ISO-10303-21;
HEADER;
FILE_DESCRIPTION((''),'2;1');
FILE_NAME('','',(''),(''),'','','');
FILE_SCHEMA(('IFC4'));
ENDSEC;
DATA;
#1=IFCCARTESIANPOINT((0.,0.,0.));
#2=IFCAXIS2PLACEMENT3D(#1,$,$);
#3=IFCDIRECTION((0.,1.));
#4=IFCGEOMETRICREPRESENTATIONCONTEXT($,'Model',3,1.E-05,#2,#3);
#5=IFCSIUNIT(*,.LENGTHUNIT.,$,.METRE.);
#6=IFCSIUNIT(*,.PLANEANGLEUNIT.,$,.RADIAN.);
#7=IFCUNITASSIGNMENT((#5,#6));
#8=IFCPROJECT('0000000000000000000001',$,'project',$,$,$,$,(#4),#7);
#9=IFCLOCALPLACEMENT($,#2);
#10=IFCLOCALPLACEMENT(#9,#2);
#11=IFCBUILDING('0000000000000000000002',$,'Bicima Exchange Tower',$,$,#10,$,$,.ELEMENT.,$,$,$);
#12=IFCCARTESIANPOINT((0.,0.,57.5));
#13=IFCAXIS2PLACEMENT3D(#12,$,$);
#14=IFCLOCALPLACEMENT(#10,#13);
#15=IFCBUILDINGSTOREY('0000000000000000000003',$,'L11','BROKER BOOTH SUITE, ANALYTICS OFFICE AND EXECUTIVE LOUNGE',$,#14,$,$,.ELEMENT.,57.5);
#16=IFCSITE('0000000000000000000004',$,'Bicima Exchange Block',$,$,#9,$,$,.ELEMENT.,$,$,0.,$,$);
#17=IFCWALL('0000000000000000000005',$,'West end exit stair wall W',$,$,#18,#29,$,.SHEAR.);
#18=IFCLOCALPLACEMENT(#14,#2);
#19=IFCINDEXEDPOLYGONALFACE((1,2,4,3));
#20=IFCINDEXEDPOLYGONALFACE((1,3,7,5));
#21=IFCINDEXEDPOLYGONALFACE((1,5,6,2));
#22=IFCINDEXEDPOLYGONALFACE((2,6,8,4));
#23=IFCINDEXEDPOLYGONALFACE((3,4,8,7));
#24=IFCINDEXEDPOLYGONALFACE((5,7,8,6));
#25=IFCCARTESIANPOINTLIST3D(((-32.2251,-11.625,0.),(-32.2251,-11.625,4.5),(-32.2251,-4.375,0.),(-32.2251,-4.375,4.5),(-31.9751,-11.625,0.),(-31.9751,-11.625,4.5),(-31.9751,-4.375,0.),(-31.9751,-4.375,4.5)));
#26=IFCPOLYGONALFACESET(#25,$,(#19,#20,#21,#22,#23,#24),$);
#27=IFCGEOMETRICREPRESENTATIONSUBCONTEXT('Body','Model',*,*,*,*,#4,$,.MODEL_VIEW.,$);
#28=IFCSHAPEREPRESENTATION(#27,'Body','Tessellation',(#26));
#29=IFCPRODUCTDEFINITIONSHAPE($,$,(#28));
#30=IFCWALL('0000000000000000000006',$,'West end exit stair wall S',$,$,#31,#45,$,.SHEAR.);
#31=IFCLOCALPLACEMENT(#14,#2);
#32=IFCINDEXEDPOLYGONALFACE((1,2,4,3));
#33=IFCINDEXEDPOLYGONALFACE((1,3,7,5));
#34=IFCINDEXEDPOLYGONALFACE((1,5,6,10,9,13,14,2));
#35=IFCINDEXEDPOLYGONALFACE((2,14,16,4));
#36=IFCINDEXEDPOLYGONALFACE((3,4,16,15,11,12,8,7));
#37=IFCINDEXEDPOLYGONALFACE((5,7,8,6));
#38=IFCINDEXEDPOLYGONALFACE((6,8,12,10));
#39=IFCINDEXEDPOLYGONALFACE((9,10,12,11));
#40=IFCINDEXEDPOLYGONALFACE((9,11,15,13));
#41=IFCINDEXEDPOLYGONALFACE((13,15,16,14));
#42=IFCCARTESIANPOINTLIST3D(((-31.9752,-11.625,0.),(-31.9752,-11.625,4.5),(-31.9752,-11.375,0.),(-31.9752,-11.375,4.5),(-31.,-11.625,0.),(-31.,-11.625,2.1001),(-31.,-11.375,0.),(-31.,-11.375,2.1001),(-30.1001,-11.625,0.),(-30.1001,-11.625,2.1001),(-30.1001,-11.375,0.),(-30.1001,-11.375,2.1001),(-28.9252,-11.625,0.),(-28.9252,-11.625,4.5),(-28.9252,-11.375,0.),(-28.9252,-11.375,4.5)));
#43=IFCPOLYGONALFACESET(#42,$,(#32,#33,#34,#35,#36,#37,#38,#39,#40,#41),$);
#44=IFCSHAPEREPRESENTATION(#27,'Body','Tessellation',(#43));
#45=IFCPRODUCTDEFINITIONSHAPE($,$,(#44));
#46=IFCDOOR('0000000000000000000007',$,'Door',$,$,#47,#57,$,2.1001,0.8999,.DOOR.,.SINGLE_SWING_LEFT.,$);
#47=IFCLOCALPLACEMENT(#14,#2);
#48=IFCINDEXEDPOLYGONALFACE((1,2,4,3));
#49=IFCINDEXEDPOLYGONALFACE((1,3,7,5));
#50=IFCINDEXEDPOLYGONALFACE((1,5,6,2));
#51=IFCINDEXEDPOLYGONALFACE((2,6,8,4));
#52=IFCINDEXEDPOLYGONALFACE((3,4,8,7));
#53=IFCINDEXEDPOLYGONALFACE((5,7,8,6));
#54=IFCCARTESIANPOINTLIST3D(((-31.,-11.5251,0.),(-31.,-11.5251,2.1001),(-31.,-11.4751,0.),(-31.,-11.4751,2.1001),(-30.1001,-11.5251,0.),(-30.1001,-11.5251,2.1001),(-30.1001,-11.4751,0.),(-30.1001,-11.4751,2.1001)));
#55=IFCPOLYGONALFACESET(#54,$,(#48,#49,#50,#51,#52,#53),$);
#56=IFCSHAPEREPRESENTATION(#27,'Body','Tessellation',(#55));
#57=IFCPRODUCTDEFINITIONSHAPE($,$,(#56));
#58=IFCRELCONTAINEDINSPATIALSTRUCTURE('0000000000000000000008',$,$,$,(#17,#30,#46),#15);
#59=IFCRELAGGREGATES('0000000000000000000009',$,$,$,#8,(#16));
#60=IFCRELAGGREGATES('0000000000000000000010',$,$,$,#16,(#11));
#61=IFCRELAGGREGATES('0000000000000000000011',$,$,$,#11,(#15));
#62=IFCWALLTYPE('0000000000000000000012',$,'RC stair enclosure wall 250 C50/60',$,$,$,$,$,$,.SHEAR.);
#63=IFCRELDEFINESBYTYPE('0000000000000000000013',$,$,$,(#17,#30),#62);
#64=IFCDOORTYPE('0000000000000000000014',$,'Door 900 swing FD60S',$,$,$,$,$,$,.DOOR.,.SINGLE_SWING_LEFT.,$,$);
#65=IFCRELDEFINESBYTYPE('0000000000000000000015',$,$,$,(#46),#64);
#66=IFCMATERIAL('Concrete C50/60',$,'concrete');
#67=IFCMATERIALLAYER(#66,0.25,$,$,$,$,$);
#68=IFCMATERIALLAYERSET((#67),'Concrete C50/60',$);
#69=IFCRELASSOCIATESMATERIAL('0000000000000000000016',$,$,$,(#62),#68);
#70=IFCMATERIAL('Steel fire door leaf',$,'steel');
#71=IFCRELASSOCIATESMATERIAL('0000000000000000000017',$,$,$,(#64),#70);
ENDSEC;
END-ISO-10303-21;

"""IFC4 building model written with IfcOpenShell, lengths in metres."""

from ifc_helpers import new_model, si_unit, direction, frame, frame_2d, origin, place, context, subcontext, project, spatial, rectangle, extrude, material, layer, layer_set, type_object, element, fill, save


model = new_model("IFC4")

# Units and contexts
model_context = context("Model", 3, precision=1e-05, world=origin(), true_north=direction((0.0, 1.0)))
body_context = subcontext(model_context, "Body", "Model", "MODEL_VIEW")
ifc_project = project(units=[si_unit("LENGTHUNIT", "METRE"), si_unit("PLANEANGLEUNIT", "RADIAN")], contexts=[model_context])

# Site, building, storey
site_placement = place(None, origin())
site = spatial("IfcSite", under=ifc_project, at=site_placement, Name="Bicima Exchange Block", CompositionType="ELEMENT", RefElevation=0.0)
building_placement = place(site_placement, origin())
building = spatial("IfcBuilding", under=site, at=building_placement, Name="Bicima Exchange Tower", CompositionType="ELEMENT")
storey_placement = place(building_placement, frame((0.0, 0.0, 57.5)))
storey = spatial("IfcBuildingStorey", under=building, at=storey_placement, Name="L11", Description="BROKER BOOTH SUITE, ANALYTICS OFFICE AND EXECUTIVE LOUNGE", CompositionType="ELEMENT", Elevation=57.5)

# Shared definitions
ifc_material_1 = material(Name="Steel fire door leaf", Category="steel")

# Wall
ifc_material_2 = material(Name="Concrete C50/60", Category="concrete")
ifc_layer_1 = layer(ifc_material_2, 0.25)
ifc_layer_set_1 = layer_set([ifc_layer_1], Name="Concrete C50/60")
wall_type_1 = type_object("IfcWallType", Name="RC stair enclosure wall 250 C50/60", PredefinedType="SHEAR", material=ifc_layer_set_1)
wall_1_placement = place(storey_placement, frame((-32.1001, -11.625, 0.0), z_axis=(0.0, 0.0, 1.0), x_axis=(0.0, 1.0, 0.0)))
element("IfcWall", 1, at=wall_1_placement, inside=storey, type_object=wall_type_1, Name="West end exit stair wall W", PredefinedType="SHEAR", context=body_context, shape_type="SweptSolid", body=[
    extrude(rectangle(XDim=7.25, YDim=0.25, at=frame_2d((3.625, 0.0))), origin(), (0.0, 0.0, 1.0), 4.5),
])

# Wall, opening, door
wall_2_placement = place(storey_placement, frame((-31.9751, -11.5, 0.0), z_axis=(0.0, 0.0, 1.0), x_axis=(1.0, 0.0, 0.0)))
wall_2 = element("IfcWall", 2, at=wall_2_placement, inside=storey, type_object=wall_type_1, Name="West end exit stair wall S", PredefinedType="SHEAR", context=body_context, shape_type="SweptSolid", body=[
    extrude(rectangle(XDim=3.05, YDim=0.25, at=frame_2d((1.5249, 0.0))), origin(), (0.0, 0.0, 1.0), 4.5),
])
opening_1_placement = place(wall_2_placement, frame((0.9751, 0.0, 0.0)))
opening_1 = element("IfcOpeningElement", 3, at=opening_1_placement, cuts=wall_2, PredefinedType="OPENING", context=body_context, shape_type="SweptSolid", body=[
    extrude(rectangle(XDim=0.8999, YDim=2.1001, at=frame_2d((0.45, 1.05))), frame((0.0, 0.137, 0.0), z_axis=(0.0, -1.0, 0.0), x_axis=(1.0, 0.0, 0.0)), (0.0, 0.0, 1.0), 0.2739),
])
door_type_1 = type_object("IfcDoorType", Name="Door 900 swing FD60S", OperationType="SINGLE_SWING_LEFT", PredefinedType="DOOR", material=ifc_material_1)
door_1_placement = place(opening_1_placement, origin())
door_1 = element("IfcDoor", 4, at=door_1_placement, inside=storey, type_object=door_type_1, Name="Door", OperationType="SINGLE_SWING_LEFT", OverallHeight=2.1001, OverallWidth=0.8999, PredefinedType="DOOR", context=body_context, shape_type="SweptSolid", body=[
    extrude(rectangle(XDim=0.8999, YDim=2.1001, at=frame_2d((0.45, 1.05))), frame((0.0, 0.0249, 0.0), z_axis=(0.0, -1.0, 0.0), x_axis=(1.0, 0.0, 0.0)), (0.0, 0.0, 1.0), 0.05),
])
fill(opening_1, door_1)

save(model, "model.ifc")
